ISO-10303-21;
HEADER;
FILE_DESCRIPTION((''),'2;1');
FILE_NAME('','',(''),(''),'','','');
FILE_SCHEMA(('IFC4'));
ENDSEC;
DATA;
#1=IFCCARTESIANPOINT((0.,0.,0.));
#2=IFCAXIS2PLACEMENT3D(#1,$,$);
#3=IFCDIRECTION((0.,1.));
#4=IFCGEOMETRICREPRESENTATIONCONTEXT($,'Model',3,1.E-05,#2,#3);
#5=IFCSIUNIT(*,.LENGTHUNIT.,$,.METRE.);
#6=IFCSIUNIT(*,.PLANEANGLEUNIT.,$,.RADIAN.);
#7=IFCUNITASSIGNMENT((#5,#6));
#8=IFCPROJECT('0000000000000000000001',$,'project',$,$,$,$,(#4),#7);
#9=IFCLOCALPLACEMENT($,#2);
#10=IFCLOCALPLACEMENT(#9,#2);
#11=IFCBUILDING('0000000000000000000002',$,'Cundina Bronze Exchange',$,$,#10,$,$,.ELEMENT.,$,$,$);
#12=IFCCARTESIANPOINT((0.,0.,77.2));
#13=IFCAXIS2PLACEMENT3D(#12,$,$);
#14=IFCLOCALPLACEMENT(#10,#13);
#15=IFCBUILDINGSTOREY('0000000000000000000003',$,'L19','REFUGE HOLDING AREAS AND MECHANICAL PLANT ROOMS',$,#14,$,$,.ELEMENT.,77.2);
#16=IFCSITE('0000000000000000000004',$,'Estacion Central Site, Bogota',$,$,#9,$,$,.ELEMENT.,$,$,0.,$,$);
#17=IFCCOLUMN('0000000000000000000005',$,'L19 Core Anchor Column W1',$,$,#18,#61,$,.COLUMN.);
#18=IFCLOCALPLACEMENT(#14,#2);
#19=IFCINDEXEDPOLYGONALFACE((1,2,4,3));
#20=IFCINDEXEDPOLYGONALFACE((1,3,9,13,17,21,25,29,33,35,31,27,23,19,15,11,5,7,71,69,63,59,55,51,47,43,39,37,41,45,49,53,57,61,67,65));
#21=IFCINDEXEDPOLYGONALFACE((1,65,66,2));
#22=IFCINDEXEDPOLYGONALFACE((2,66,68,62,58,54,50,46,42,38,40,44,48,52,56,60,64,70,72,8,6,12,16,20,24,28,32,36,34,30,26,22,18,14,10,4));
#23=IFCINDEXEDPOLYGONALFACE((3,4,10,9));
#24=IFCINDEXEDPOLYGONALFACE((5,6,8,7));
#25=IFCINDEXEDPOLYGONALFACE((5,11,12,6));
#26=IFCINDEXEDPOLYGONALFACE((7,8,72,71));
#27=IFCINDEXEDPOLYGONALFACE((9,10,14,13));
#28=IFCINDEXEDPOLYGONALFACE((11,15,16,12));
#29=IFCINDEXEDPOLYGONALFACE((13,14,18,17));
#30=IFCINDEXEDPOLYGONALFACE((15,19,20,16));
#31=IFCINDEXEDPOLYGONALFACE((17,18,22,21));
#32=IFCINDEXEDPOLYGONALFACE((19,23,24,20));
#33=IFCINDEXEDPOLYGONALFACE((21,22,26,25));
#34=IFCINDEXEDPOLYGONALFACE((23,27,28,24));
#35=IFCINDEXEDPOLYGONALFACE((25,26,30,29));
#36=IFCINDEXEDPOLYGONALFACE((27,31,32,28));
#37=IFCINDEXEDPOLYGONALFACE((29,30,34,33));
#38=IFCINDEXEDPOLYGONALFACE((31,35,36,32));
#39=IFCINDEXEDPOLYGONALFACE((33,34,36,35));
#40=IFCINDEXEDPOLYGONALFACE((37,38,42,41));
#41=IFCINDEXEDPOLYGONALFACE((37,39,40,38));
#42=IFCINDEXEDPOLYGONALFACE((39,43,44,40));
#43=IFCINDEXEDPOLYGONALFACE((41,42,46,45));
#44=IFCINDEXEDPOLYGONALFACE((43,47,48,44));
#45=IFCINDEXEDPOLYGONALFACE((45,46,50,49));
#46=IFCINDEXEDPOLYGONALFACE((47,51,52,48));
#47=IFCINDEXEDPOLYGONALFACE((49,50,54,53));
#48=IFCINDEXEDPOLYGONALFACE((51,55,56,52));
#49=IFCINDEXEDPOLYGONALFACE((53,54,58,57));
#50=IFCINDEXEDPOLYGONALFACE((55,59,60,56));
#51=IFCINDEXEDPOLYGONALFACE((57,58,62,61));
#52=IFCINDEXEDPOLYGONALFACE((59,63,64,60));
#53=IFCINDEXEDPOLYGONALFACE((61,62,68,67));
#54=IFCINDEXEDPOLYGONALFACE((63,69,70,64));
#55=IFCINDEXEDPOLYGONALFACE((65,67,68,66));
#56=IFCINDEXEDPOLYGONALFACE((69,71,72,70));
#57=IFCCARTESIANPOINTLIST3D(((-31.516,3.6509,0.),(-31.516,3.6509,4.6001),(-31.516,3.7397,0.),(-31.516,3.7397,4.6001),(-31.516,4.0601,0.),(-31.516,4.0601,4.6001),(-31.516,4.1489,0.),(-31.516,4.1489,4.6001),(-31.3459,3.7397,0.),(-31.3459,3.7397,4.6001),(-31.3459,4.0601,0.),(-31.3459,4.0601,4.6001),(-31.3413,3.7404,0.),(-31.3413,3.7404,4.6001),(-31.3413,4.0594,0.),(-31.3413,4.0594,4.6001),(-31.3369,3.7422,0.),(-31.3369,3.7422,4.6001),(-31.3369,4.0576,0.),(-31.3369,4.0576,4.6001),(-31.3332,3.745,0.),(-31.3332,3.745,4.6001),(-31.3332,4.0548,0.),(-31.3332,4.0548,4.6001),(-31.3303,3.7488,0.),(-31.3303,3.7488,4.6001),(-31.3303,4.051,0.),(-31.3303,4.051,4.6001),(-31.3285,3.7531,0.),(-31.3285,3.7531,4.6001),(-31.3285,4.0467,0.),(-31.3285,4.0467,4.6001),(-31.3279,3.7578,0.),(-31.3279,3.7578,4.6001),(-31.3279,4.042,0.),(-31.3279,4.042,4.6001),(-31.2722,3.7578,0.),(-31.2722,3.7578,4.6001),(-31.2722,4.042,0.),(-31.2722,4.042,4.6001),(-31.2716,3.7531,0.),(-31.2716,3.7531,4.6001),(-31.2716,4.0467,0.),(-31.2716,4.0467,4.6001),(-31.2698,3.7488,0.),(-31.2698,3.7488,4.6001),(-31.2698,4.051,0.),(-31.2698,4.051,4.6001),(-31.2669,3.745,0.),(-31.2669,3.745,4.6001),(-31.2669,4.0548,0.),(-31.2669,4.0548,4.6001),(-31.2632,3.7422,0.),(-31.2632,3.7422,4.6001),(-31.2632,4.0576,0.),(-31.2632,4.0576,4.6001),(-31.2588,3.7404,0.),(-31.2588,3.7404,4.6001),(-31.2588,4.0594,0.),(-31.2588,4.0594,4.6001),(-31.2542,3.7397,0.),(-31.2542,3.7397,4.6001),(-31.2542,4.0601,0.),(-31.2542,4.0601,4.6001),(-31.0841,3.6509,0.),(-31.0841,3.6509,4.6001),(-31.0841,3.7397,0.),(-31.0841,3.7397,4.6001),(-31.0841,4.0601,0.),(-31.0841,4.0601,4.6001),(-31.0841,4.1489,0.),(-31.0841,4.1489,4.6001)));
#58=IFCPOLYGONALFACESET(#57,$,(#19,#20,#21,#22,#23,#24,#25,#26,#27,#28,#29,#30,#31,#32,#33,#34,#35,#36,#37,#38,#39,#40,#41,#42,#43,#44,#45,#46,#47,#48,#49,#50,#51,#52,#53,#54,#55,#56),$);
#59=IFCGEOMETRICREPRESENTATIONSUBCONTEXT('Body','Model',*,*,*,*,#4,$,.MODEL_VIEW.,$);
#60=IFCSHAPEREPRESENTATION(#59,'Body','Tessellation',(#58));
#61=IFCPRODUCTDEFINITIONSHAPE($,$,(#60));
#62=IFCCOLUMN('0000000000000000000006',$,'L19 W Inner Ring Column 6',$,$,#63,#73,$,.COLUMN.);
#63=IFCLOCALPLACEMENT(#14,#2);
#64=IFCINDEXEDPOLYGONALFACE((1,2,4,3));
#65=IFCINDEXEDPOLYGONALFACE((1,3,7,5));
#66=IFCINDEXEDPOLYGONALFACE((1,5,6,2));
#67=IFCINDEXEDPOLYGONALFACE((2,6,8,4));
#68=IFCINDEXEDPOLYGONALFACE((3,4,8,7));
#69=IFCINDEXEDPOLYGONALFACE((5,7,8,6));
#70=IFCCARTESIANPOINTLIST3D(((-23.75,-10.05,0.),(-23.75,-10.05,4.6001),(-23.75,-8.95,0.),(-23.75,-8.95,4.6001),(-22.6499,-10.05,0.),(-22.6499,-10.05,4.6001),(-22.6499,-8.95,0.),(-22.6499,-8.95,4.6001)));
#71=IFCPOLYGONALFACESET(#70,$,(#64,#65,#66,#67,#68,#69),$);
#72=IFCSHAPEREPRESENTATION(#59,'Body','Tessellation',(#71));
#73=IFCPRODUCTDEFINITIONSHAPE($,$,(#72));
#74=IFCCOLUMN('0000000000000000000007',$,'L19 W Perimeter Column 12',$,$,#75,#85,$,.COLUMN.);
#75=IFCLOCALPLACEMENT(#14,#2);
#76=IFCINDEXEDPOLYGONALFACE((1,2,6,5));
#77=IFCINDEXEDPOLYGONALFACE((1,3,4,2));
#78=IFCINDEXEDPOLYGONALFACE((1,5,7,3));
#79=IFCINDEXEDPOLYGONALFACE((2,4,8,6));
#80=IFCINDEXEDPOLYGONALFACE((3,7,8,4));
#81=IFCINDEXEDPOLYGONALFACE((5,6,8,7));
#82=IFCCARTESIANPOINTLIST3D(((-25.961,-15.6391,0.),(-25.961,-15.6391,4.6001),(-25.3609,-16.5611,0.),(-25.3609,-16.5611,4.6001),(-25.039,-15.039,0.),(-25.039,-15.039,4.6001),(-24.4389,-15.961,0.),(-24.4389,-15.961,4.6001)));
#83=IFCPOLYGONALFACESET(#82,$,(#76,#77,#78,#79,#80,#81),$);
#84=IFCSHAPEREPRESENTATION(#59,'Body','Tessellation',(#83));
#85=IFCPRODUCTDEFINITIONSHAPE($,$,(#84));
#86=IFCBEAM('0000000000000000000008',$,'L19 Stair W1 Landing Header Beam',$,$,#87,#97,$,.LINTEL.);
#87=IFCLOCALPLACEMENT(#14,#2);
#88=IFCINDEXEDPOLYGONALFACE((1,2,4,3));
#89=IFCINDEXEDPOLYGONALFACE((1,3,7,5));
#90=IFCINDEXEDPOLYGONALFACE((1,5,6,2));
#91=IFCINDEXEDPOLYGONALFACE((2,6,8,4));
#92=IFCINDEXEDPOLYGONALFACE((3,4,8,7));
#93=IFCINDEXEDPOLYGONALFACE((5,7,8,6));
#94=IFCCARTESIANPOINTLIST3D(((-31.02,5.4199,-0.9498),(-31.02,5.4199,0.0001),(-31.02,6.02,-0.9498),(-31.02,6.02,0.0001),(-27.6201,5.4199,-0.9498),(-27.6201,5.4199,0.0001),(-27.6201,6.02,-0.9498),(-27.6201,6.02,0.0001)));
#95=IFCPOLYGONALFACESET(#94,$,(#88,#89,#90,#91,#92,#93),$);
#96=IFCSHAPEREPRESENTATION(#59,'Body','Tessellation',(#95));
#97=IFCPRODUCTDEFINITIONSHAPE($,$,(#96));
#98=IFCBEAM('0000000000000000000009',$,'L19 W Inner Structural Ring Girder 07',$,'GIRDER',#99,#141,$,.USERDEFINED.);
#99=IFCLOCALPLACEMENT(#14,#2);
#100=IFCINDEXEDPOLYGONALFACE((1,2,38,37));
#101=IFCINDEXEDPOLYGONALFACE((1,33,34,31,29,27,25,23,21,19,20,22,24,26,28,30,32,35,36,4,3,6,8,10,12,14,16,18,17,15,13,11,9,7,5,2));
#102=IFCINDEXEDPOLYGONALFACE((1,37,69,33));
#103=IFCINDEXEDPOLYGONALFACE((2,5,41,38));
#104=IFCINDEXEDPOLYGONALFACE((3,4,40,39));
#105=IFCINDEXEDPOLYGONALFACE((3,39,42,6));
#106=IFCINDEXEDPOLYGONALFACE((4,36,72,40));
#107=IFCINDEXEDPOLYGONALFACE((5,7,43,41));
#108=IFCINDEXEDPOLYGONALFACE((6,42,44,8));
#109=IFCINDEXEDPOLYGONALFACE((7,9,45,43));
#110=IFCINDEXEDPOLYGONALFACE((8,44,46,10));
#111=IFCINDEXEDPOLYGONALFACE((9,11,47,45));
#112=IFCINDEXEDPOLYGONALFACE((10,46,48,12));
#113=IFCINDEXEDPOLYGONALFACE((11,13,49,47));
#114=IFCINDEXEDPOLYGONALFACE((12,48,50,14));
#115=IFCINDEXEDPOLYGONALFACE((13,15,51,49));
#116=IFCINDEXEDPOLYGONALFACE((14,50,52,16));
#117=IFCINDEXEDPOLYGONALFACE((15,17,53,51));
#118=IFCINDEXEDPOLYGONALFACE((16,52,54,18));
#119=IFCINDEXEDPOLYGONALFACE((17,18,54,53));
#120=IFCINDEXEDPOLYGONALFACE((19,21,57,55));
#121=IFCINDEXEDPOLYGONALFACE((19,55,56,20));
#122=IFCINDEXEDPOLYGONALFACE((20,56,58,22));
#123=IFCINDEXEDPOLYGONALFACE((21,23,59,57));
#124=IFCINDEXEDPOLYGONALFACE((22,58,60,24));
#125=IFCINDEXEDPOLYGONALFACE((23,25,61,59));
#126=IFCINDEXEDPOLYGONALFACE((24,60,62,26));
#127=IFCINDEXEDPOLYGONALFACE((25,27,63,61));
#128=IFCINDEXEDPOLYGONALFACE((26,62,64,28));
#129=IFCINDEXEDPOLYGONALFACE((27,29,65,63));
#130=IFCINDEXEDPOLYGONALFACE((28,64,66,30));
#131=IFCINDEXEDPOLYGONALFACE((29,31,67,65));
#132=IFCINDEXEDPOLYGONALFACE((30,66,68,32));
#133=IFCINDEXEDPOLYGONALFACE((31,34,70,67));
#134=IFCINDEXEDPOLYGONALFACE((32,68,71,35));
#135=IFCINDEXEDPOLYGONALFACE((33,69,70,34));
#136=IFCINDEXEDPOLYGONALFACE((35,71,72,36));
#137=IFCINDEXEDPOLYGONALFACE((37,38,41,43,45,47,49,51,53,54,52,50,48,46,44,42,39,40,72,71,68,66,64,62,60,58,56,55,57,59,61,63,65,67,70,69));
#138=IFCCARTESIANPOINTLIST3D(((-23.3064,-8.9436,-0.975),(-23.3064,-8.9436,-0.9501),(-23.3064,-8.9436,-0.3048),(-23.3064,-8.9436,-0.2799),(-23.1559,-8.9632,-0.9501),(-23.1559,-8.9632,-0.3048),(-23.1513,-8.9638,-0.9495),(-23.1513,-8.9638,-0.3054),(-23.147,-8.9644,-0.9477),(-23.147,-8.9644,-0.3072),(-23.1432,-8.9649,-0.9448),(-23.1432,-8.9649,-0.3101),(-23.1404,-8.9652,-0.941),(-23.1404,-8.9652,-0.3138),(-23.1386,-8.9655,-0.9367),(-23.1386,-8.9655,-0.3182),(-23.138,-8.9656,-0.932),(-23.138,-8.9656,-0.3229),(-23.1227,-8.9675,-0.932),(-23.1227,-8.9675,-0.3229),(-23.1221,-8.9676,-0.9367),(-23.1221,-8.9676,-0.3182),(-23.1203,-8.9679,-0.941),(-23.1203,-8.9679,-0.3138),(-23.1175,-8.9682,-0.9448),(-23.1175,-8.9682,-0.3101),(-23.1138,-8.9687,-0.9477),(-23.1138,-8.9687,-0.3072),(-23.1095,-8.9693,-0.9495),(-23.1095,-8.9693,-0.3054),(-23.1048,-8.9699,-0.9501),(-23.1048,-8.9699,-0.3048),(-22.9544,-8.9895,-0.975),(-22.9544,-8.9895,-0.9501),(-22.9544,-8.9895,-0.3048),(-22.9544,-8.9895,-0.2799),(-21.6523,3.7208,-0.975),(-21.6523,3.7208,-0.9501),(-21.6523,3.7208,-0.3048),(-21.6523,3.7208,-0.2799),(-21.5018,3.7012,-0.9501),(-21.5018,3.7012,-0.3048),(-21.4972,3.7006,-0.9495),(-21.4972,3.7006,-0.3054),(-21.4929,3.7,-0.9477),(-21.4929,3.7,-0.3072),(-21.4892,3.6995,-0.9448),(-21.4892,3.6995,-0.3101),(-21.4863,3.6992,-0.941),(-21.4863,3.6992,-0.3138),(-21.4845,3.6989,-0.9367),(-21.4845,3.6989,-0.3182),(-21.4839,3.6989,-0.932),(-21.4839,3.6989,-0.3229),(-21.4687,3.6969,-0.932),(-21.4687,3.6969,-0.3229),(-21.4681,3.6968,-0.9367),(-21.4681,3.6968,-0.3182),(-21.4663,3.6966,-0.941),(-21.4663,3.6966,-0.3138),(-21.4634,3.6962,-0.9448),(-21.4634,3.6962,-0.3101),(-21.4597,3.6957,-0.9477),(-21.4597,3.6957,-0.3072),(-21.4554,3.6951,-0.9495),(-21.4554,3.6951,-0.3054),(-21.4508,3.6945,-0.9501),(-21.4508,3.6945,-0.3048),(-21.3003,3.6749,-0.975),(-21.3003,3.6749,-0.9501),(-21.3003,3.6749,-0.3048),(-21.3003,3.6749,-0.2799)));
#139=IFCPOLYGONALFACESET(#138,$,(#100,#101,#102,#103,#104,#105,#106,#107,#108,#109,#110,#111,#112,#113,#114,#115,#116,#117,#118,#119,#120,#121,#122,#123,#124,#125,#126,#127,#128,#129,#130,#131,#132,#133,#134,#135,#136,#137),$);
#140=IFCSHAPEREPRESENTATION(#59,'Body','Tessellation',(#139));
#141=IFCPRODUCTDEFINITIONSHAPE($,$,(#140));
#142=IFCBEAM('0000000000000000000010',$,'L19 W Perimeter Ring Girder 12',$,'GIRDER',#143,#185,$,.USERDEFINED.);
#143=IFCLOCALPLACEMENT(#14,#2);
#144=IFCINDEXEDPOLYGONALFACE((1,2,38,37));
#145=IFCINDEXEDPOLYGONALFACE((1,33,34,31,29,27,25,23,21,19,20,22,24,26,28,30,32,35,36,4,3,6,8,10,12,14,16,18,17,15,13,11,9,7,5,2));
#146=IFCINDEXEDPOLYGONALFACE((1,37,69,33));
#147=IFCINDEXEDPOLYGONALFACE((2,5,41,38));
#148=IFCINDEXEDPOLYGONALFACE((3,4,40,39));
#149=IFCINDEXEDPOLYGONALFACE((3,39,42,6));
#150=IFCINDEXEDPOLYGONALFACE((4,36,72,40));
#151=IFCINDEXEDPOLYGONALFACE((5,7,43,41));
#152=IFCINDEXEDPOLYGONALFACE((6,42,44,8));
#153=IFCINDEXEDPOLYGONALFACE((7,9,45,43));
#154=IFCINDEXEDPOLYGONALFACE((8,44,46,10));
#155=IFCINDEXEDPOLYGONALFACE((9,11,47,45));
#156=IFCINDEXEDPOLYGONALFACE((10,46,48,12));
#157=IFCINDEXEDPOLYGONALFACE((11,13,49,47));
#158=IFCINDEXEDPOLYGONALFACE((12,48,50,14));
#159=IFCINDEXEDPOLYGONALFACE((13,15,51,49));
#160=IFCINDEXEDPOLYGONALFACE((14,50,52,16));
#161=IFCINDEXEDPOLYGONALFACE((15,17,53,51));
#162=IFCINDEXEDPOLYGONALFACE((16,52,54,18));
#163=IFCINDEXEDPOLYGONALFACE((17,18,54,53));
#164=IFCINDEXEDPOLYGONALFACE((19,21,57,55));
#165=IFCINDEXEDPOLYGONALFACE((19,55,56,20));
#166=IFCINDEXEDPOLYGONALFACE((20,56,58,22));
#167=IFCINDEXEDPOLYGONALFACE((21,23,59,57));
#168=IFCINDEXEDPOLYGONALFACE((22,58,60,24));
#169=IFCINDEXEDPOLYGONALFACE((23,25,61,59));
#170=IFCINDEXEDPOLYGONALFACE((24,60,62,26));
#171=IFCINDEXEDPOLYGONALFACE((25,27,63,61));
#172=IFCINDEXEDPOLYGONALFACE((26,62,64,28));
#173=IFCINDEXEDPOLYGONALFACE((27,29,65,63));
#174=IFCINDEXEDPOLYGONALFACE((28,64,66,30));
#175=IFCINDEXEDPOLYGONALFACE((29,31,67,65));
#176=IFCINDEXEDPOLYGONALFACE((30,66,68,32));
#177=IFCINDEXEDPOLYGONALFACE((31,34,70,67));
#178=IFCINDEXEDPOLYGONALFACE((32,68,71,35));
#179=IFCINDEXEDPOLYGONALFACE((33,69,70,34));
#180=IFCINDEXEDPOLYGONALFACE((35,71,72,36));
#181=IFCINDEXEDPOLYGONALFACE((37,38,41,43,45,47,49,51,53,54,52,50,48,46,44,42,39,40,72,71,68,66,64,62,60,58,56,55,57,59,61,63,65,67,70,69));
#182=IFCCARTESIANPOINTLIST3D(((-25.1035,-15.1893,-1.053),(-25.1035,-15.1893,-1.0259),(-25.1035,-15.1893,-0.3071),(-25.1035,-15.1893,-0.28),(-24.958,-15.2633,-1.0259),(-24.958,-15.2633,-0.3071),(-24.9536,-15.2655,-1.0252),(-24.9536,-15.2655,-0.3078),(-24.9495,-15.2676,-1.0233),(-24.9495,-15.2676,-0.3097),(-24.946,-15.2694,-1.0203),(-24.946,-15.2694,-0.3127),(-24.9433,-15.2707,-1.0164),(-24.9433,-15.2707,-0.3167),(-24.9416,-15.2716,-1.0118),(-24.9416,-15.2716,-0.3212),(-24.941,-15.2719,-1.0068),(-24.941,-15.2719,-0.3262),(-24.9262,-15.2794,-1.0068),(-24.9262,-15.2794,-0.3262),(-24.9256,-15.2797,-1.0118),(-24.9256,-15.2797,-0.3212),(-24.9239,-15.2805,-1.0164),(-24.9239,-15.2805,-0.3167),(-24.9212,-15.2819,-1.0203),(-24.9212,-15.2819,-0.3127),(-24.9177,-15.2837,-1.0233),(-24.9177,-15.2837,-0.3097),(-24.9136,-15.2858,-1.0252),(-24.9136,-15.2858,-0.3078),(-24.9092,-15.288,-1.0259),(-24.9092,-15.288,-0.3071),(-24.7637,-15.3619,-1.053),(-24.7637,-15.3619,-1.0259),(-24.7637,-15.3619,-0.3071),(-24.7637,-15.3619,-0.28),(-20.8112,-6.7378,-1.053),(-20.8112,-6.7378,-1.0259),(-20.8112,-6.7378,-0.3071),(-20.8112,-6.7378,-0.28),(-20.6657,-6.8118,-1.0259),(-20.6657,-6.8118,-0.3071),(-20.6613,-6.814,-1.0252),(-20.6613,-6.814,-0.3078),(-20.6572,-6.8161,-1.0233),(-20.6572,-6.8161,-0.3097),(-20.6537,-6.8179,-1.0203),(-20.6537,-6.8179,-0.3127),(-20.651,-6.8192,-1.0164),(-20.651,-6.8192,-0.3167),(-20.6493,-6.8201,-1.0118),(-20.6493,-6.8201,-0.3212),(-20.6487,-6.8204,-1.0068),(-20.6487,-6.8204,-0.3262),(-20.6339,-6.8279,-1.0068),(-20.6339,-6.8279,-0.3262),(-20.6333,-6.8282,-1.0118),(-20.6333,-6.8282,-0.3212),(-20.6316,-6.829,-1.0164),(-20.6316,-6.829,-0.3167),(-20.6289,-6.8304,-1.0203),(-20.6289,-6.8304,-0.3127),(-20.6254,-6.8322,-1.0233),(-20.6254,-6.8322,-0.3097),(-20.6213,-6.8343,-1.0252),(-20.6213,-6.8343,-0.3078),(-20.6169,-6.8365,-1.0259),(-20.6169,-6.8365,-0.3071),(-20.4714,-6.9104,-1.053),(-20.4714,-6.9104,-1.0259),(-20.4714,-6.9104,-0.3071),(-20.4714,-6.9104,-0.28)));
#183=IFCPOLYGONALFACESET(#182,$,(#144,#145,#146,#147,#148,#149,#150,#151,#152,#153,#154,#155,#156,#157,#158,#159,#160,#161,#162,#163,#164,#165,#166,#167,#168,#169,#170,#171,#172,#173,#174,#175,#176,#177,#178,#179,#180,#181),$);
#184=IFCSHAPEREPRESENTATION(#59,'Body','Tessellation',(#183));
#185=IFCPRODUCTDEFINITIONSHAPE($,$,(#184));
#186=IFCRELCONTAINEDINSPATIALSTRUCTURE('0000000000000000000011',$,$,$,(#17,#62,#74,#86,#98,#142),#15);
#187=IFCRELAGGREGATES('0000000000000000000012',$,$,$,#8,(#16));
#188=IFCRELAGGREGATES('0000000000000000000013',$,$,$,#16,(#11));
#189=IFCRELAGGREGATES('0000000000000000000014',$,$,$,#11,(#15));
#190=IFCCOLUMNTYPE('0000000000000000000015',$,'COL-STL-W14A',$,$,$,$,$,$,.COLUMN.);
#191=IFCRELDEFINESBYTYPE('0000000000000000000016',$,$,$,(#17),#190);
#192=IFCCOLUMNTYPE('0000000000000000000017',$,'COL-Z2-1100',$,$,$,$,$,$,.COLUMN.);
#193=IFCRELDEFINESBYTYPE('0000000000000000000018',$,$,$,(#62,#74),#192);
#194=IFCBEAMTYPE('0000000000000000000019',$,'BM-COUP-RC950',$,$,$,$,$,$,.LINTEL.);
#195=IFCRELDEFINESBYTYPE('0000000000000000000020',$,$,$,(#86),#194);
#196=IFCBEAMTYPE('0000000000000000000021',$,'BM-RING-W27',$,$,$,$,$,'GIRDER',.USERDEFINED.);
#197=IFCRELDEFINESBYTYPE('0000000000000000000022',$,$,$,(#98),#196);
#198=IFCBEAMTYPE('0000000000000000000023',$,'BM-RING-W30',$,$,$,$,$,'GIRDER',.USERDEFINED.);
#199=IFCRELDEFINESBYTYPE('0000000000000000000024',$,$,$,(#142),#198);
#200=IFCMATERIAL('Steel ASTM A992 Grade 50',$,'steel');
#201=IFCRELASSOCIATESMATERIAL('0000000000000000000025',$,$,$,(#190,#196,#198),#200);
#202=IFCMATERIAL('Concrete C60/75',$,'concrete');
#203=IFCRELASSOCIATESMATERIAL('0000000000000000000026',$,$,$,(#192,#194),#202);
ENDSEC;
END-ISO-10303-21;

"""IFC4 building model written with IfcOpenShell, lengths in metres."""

from ifc_helpers import new_model, si_unit, direction, frame, origin, origin_2d, place, context, subcontext, project, spatial, rectangle, i_section, extrude, material, material_profile, profile_set, type_object, element, save


model = new_model("IFC4")

# Units and contexts
model_context = context("Model", 3, precision=1e-05, world=origin(), true_north=direction((0.0, 1.0)))
body_context = subcontext(model_context, "Body", "Model", "MODEL_VIEW")
ifc_project = project(units=[si_unit("LENGTHUNIT", "METRE"), si_unit("PLANEANGLEUNIT", "RADIAN")], contexts=[model_context])

# Site, building, storey
site_placement = place(None, origin())
site = spatial("IfcSite", under=ifc_project, at=site_placement, Name="Estacion Central Site, Bogota", CompositionType="ELEMENT", RefElevation=0.0)
building_placement = place(site_placement, origin())
building = spatial("IfcBuilding", under=site, at=building_placement, Name="Cundina Bronze Exchange", CompositionType="ELEMENT")
storey_placement = place(building_placement, frame((0.0, 0.0, 77.2)))
storey = spatial("IfcBuildingStorey", under=building, at=storey_placement, Name="L19", Description="REFUGE HOLDING AREAS AND MECHANICAL PLANT ROOMS", CompositionType="ELEMENT", Elevation=77.2)

# Columns
ifc_material_1 = material(Name="Steel ASTM A992 Grade 50", Category="steel")
ifc_material_profile_1 = material_profile(ifc_material_1, i_section(OverallWidth=0.4319, OverallDepth=0.498, WebThickness=0.0557, FlangeThickness=0.0889, FilletRadius=0.0181, at=origin_2d()), Name="W14X500", Category="steel")
ifc_profile_set_1 = profile_set([ifc_material_profile_1], Name="Steel ASTM A992 Grade 50")
column_type_1 = type_object("IfcColumnType", Name="COL-STL-W14A", PredefinedType="COLUMN", material=ifc_profile_set_1)
column_placement = place(storey_placement, frame((-31.3, 3.8999, 0.0), z_axis=(0.0, 0.0, 1.0), x_axis=(1.0, 0.0, 0.0)))
element("IfcColumn", 1, at=column_placement, inside=storey, type_object=column_type_1, Name="L19 Core Anchor Column W1", PredefinedType="COLUMN", context=body_context, shape_type="SweptSolid", body=[
    extrude(i_section(OverallWidth=0.4319, OverallDepth=0.498, WebThickness=0.0557, FlangeThickness=0.0889, FilletRadius=0.0181, at=origin_2d()), origin(), (0.0, 0.0, 1.0), 4.6001),
])
ifc_material_2 = material(Name="Concrete C60/75", Category="concrete")
ifc_material_profile_2 = material_profile(ifc_material_2, rectangle(XDim=1.1001, YDim=1.1001, at=origin_2d()), Name="RC1100X1100", Category="concrete")
ifc_profile_set_2 = profile_set([ifc_material_profile_2], Name="Concrete C60/75")
column_type_2 = type_object("IfcColumnType", Name="COL-Z2-1100", PredefinedType="COLUMN", material=ifc_profile_set_2)
for number, where, z_axis, x_axis, name in (
    (2, (-23.2, -9.5, 0.0), (0.0, 0.0, 1.0), (1.0, 0.0, 0.0), "L19 W Inner Ring Column 6"),
    (3, (-25.2, -15.8, 0.0), (0.0, 0.0, 1.0), (0.8381, 0.545517, 0.0), "L19 W Perimeter Column 12"),
):
    element("IfcColumn", number, at=place(storey_placement, frame(where, z_axis=z_axis, x_axis=x_axis)), inside=storey, type_object=column_type_2, Name=name, PredefinedType="COLUMN", context=body_context, shape_type="SweptSolid", body=[
        extrude(rectangle(XDim=1.1001, YDim=1.1001, at=origin_2d()), origin(), (0.0, 0.0, 1.0), 4.6001),
    ])

# Beams
ifc_material_profile_3 = material_profile(ifc_material_2, rectangle(XDim=0.6001, YDim=0.95, at=origin_2d()), Name="RC600X950", Category="concrete")
ifc_profile_set_3 = profile_set([ifc_material_profile_3], Name="Concrete C60/75")
beam_type_1 = type_object("IfcBeamType", Name="BM-COUP-RC950", PredefinedType="LINTEL", material=ifc_profile_set_3)
beam_1_placement = place(storey_placement, frame((-31.02, 5.72, -0.4749), z_axis=(1.0, 0.0, 0.0), x_axis=(0.0, 1.0, 0.0)))
element("IfcBeam", 4, at=beam_1_placement, inside=storey, type_object=beam_type_1, Name="L19 Stair W1 Landing Header Beam", PredefinedType="LINTEL", context=body_context, shape_type="SweptSolid", body=[
    extrude(rectangle(XDim=0.6001, YDim=0.95, at=origin_2d()), origin(), (0.0, 0.0, 1.0), 3.3999),
])
ifc_material_profile_4 = material_profile(ifc_material_1, i_section(OverallWidth=0.355, OverallDepth=0.6951, WebThickness=0.0154, FlangeThickness=0.0249, FilletRadius=0.0181, at=origin_2d()), Name="W27X146", Category="steel")
ifc_profile_set_4 = profile_set([ifc_material_profile_4], Name="Steel ASTM A992 Grade 50")
beam_type_2 = type_object("IfcBeamType", Name="BM-RING-W27", ElementType="GIRDER", PredefinedType="USERDEFINED", material=ifc_profile_set_4)
beam_2_placement = place(storey_placement, frame((-23.1304, -8.9666, -0.6274), z_axis=(0.129508, 0.991578, 0.0), x_axis=(-0.991578, 0.129508, 0.0)))
element("IfcBeam", 5, at=beam_2_placement, inside=storey, type_object=beam_type_2, Name="L19 W Inner Structural Ring Girder 07", ObjectType="GIRDER", PredefinedType="USERDEFINED", context=body_context, shape_type="SweptSolid", body=[
    extrude(i_section(OverallWidth=0.355, OverallDepth=0.6951, WebThickness=0.0154, FlangeThickness=0.0249, FilletRadius=0.0181, at=origin_2d()), origin(), (0.0, 0.0, 1.0), 12.772),
])
ifc_material_profile_5 = material_profile(ifc_material_1, i_section(OverallWidth=0.3811, OverallDepth=0.7729, WebThickness=0.0166, FlangeThickness=0.0271, FilletRadius=0.019, at=origin_2d()), Name="W30X173", Category="steel")
ifc_profile_set_5 = profile_set([ifc_material_profile_5], Name="Steel ASTM A992 Grade 50")
beam_type_3 = type_object("IfcBeamType", Name="BM-RING-W30", ElementType="GIRDER", PredefinedType="USERDEFINED", material=ifc_profile_set_5)
beam_3_placement = place(storey_placement, frame((-24.9336, -15.2756, -0.6665), z_axis=(0.45282, 0.891602, 0.0), x_axis=(-0.891602, 0.45282, 0.0)))
element("IfcBeam", 6, at=beam_3_placement, inside=storey, type_object=beam_type_3, Name="L19 W Perimeter Ring Girder 12", ObjectType="GIRDER", PredefinedType="USERDEFINED", context=body_context, shape_type="SweptSolid", body=[
    extrude(i_section(OverallWidth=0.3811, OverallDepth=0.7729, WebThickness=0.0166, FlangeThickness=0.0271, FilletRadius=0.019, at=origin_2d()), origin(), (0.0, 0.0, 1.0), 9.479),
])

save(model, "model.ifc")
